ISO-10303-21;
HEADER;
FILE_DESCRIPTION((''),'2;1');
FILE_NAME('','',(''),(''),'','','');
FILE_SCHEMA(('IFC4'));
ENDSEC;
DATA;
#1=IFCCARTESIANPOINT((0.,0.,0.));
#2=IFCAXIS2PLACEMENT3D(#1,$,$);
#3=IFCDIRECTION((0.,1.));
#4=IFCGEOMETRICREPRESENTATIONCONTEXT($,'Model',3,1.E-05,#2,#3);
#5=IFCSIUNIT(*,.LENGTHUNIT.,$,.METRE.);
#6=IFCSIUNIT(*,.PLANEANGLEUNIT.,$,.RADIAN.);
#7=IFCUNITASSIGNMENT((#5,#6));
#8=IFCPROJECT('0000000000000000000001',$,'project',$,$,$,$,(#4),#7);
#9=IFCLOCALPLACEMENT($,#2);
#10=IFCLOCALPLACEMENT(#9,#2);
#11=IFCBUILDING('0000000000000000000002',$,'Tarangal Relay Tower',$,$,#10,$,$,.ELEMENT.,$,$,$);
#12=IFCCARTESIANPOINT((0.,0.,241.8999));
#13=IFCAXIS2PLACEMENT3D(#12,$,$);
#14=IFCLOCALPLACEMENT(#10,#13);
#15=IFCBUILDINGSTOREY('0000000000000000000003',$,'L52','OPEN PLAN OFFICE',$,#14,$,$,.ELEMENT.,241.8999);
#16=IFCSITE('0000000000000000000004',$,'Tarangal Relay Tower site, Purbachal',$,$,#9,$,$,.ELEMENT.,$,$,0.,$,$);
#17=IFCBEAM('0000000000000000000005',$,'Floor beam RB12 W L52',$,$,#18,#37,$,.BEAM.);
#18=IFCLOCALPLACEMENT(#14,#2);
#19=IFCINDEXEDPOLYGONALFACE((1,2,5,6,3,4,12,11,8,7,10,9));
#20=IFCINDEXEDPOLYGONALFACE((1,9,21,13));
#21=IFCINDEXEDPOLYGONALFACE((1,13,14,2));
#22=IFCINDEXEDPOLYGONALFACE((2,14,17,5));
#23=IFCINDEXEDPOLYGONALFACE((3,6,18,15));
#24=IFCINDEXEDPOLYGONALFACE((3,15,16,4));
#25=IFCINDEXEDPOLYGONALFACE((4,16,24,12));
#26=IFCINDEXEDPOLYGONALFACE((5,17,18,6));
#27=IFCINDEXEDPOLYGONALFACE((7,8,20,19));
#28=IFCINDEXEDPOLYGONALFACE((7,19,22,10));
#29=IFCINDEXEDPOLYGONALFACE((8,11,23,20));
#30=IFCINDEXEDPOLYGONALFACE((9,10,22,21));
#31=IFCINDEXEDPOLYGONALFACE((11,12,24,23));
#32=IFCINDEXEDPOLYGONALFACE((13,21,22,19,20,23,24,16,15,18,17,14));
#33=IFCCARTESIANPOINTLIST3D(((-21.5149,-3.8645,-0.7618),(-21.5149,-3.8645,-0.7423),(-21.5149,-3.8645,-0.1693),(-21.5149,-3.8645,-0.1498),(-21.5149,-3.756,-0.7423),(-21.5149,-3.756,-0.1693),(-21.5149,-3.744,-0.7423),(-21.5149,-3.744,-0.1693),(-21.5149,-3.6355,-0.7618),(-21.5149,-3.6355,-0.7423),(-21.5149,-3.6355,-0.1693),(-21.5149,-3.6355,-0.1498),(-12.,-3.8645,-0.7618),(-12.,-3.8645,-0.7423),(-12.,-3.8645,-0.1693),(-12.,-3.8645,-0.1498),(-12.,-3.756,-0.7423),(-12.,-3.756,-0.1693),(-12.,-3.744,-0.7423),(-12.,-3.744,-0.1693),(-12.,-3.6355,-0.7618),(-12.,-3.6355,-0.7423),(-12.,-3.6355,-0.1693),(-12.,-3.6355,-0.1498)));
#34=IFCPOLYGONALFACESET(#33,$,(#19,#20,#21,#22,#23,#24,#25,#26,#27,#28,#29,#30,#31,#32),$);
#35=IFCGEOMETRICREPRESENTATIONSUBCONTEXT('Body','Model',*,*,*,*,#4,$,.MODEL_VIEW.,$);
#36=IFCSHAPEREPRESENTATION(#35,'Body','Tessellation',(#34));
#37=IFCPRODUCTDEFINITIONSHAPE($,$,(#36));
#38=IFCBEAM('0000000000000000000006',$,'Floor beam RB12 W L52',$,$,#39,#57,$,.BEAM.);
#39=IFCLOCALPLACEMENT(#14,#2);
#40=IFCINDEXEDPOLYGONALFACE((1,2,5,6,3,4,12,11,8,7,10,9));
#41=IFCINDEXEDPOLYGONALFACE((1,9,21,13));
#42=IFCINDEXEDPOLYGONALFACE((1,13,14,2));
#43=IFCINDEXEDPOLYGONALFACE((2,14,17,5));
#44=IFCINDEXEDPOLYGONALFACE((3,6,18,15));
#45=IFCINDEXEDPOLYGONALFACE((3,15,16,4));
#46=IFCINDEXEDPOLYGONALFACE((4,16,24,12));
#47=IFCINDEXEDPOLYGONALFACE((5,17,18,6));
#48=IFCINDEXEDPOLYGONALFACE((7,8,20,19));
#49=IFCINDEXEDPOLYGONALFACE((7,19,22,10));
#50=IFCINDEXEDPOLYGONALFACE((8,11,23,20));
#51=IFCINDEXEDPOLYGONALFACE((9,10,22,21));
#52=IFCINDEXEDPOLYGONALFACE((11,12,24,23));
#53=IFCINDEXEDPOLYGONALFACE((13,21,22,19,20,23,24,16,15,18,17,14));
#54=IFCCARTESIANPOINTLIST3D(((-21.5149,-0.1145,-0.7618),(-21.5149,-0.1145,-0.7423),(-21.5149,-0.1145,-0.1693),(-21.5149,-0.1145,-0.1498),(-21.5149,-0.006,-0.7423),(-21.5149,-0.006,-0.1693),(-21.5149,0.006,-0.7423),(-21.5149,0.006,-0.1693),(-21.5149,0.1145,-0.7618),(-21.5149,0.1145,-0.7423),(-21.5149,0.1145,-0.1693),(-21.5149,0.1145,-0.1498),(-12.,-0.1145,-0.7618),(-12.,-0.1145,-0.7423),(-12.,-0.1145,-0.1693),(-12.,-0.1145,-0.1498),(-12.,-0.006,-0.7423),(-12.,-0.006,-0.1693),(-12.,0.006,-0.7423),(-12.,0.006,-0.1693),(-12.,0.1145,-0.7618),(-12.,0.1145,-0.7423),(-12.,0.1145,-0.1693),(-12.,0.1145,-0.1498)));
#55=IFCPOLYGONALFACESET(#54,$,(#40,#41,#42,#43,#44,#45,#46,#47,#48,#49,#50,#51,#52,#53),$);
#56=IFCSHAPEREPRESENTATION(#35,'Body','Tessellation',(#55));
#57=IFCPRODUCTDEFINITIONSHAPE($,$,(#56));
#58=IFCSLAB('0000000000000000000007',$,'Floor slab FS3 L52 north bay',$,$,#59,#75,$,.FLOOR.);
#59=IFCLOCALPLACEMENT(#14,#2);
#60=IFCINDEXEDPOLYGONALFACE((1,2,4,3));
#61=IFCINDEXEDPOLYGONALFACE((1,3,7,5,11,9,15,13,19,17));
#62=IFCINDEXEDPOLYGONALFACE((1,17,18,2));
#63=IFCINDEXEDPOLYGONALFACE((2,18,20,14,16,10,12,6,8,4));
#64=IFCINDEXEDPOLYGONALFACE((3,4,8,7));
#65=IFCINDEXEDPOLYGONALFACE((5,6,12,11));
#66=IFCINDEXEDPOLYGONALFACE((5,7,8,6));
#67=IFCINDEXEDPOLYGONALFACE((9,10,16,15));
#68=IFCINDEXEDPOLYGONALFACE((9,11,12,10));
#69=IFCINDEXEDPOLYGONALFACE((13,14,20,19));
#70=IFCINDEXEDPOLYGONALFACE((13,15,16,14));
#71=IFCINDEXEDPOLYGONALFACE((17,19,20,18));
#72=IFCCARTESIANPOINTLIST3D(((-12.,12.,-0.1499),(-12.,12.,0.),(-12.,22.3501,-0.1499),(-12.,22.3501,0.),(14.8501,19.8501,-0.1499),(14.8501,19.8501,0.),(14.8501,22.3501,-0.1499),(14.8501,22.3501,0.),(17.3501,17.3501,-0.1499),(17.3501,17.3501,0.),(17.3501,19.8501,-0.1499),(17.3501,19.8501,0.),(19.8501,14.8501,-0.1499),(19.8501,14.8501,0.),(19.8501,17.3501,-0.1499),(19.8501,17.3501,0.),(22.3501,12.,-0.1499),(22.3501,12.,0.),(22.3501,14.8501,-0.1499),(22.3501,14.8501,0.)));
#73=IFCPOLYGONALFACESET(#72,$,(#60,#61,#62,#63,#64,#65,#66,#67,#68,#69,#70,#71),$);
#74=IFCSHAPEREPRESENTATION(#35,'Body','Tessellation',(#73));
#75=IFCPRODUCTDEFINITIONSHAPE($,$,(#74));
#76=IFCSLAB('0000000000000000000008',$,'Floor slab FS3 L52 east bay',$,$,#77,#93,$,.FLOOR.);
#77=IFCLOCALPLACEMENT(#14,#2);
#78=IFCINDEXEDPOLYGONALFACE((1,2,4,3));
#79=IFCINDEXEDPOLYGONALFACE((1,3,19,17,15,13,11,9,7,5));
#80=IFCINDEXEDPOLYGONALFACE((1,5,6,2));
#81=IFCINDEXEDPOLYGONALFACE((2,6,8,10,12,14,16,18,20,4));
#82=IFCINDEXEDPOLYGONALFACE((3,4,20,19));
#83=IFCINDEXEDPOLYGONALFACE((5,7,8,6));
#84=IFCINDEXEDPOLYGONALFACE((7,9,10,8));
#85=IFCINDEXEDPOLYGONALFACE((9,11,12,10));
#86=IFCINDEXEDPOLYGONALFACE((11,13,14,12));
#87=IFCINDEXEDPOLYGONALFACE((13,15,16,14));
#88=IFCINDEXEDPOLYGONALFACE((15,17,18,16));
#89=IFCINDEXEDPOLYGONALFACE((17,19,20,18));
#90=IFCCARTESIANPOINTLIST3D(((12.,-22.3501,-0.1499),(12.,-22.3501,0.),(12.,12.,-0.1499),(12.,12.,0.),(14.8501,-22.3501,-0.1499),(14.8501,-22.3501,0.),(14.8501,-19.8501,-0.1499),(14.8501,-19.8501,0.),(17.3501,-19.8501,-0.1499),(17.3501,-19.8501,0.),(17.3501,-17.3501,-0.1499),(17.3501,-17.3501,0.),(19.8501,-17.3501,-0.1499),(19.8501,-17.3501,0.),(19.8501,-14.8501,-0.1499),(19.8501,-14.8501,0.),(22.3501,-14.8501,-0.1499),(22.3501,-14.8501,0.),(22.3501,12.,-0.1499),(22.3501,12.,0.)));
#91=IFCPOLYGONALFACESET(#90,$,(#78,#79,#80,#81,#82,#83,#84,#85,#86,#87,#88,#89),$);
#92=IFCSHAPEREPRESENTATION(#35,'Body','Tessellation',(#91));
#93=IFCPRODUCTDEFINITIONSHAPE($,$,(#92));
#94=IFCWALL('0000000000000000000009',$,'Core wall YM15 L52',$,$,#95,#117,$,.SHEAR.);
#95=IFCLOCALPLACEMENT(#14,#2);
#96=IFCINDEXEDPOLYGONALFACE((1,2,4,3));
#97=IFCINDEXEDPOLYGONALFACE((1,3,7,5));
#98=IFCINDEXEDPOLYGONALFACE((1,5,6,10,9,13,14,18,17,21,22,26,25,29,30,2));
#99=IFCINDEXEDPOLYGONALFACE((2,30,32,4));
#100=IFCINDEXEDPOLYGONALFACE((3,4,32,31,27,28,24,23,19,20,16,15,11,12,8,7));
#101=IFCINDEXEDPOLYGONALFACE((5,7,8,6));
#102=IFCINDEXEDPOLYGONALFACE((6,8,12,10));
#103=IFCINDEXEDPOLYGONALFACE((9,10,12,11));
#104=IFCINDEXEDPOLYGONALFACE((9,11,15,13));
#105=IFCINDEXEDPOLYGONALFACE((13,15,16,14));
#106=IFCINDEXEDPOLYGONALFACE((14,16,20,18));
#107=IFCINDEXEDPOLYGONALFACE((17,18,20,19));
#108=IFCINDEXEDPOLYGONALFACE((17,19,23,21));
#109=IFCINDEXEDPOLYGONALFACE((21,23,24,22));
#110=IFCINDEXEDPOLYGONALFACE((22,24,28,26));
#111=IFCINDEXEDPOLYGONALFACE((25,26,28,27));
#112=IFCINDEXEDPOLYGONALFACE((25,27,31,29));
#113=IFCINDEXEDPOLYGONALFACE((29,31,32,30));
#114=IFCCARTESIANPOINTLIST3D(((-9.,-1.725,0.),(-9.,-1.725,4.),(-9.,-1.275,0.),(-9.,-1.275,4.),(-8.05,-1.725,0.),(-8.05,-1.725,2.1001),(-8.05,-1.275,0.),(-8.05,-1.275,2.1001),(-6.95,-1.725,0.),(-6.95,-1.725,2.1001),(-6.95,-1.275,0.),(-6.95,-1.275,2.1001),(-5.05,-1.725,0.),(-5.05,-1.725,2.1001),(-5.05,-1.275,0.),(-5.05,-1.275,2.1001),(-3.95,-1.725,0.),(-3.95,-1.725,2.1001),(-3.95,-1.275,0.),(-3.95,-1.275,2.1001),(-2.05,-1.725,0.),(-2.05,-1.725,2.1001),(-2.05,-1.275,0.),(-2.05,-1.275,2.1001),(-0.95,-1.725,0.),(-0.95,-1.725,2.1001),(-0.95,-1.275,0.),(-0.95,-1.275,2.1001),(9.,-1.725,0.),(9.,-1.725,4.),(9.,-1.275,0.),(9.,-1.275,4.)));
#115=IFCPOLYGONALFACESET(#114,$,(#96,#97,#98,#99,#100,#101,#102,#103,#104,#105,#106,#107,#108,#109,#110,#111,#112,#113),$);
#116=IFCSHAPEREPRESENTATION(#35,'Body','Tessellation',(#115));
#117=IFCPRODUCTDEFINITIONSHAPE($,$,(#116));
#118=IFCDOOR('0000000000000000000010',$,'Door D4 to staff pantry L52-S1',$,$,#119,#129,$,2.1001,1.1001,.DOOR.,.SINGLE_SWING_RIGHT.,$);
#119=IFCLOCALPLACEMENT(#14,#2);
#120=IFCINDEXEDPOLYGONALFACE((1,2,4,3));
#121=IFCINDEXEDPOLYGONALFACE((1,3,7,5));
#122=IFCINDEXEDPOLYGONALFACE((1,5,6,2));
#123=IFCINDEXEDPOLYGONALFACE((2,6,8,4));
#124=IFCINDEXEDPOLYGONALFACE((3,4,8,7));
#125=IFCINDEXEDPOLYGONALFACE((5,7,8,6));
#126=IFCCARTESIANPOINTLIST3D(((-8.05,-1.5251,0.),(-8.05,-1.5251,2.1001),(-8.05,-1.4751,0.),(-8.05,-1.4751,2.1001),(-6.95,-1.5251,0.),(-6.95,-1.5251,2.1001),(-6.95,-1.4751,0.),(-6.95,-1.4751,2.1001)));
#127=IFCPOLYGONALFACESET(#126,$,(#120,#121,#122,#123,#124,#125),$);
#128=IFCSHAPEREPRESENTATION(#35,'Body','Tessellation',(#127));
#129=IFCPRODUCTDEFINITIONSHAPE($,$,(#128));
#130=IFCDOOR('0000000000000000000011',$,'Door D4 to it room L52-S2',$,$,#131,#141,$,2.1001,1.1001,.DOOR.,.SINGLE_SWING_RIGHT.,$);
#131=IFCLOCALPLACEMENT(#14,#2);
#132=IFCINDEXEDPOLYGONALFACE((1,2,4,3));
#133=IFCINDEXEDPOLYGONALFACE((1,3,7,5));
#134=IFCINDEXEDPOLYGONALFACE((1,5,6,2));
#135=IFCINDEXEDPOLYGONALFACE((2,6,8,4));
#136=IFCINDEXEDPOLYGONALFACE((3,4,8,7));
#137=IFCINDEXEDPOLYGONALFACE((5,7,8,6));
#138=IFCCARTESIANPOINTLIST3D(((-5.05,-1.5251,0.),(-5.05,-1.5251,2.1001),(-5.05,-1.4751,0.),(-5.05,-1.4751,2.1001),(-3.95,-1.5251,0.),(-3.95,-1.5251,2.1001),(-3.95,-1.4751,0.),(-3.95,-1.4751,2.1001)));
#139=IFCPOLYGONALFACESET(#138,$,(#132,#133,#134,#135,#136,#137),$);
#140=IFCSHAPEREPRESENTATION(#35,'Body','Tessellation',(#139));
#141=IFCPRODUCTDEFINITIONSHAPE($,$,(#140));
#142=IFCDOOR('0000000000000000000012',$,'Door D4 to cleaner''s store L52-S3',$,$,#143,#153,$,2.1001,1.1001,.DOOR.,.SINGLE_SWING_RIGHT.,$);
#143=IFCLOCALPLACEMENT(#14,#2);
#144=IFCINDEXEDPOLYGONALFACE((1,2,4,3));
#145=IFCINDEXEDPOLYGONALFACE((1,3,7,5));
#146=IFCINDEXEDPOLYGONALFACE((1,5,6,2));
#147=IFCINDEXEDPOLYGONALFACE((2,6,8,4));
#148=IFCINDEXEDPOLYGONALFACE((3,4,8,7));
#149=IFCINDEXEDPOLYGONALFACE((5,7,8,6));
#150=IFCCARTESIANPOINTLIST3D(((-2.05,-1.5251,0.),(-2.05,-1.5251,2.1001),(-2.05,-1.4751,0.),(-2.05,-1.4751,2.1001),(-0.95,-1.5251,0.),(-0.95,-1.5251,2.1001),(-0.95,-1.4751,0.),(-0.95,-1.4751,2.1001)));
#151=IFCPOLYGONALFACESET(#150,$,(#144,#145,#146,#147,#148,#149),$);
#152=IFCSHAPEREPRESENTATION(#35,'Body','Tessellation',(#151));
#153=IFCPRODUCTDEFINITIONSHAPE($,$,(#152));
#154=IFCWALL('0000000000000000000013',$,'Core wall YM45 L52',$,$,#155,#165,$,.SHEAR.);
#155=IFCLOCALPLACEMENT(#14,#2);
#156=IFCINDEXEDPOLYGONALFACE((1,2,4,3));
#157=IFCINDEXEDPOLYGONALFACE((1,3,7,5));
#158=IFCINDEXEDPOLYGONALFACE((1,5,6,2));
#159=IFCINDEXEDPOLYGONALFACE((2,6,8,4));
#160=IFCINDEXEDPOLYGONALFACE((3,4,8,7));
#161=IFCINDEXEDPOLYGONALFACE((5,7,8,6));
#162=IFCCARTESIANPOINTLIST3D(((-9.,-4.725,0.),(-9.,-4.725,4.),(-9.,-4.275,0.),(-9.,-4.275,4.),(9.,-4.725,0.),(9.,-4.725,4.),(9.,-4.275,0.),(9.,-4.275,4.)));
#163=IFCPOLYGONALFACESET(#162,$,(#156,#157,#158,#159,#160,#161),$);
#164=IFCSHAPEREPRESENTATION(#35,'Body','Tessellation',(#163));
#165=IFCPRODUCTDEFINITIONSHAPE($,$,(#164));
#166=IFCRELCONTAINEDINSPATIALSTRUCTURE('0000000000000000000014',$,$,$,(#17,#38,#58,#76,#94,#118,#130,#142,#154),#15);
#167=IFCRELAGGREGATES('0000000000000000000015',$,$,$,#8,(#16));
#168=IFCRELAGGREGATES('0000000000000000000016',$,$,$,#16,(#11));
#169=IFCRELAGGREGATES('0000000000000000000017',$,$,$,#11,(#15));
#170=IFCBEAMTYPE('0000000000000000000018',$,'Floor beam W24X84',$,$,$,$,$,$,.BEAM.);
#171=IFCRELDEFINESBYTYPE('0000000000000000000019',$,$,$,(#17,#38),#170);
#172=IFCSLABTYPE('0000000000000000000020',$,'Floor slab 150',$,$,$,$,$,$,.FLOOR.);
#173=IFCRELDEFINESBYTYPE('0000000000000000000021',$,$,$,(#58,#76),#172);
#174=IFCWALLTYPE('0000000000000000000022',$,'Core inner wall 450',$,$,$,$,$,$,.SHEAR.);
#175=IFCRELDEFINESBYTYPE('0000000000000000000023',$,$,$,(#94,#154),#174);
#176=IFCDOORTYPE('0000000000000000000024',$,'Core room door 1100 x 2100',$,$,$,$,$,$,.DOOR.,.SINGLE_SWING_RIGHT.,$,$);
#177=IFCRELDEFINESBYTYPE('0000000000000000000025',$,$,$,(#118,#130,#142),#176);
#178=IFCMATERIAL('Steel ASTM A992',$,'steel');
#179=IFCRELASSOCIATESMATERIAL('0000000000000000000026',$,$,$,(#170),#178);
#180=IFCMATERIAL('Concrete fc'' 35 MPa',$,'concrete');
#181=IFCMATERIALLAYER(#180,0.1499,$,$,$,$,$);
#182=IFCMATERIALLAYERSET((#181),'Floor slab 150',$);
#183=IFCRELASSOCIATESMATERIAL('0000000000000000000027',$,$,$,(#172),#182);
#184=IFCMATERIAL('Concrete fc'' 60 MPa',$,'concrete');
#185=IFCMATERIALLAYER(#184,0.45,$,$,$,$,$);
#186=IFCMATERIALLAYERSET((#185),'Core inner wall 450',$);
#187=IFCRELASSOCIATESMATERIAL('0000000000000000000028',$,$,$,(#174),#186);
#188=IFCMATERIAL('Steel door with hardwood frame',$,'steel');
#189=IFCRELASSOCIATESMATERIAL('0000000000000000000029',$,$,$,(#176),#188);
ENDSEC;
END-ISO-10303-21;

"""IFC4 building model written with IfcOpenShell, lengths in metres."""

from ifc_helpers import new_model, si_unit, direction, frame, frame_2d, origin, origin_2d, place, context, subcontext, project, spatial, polyline, rectangle, i_section, outline, extrude, material, layer, layer_set, material_profile, profile_set, type_object, element, fill, save


model = new_model("IFC4")

# Units and contexts
model_context = context("Model", 3, precision=1e-05, world=origin(), true_north=direction((0.0, 1.0)))
body_context = subcontext(model_context, "Body", "Model", "MODEL_VIEW")
ifc_project = project(units=[si_unit("LENGTHUNIT", "METRE"), si_unit("PLANEANGLEUNIT", "RADIAN")], contexts=[model_context])

# Site, building, storey
site_placement = place(None, origin())
site = spatial("IfcSite", under=ifc_project, at=site_placement, Name="Tarangal Relay Tower site, Purbachal", CompositionType="ELEMENT", RefElevation=0.0)
building_placement = place(site_placement, origin())
building = spatial("IfcBuilding", under=site, at=building_placement, Name="Tarangal Relay Tower", CompositionType="ELEMENT")
storey_placement = place(building_placement, frame((0.0, 0.0, 241.8999)))
storey = spatial("IfcBuildingStorey", under=building, at=storey_placement, Name="L52", Description="OPEN PLAN OFFICE", CompositionType="ELEMENT", Elevation=241.8999)

# Beams
ifc_material_1 = material(Name="Steel ASTM A992", Category="steel")
ifc_material_profile = material_profile(ifc_material_1, i_section(OverallWidth=0.229, OverallDepth=0.6121, WebThickness=0.012, FlangeThickness=0.0195, at=origin_2d()), Name="W24X84")
ifc_profile_set = profile_set([ifc_material_profile], Name="Steel ASTM A992")
beam_type = type_object("IfcBeamType", Name="Floor beam W24X84", PredefinedType="BEAM", material=ifc_profile_set)
for number, where, z_axis, x_axis, name in (
    (1, (-12.0, -3.75, -0.4558), (-1.0, 0.0, 0.0), (0.0, -1.0, 0.0), "Floor beam RB12 W L52"),
    (2, (-12.0, 0.0, -0.4558), (-1.0, 0.0, 0.0), (0.0, -1.0, 0.0), "Floor beam RB12 W L52"),
):
    element("IfcBeam", number, at=place(storey_placement, frame(where, z_axis=z_axis, x_axis=x_axis)), inside=storey, type_object=beam_type, Name=name, PredefinedType="BEAM", context=body_context, shape_type="SweptSolid", body=[
        extrude(i_section(OverallWidth=0.229, OverallDepth=0.6121, WebThickness=0.012, FlangeThickness=0.0195, at=origin_2d()), origin(), (0.0, 0.0, 1.0), 9.5149),
    ])

# Slabs
ifc_material_2 = material(Name="Concrete fc' 35 MPa", Category="concrete")
ifc_layer_1 = layer(ifc_material_2, 0.1499)
ifc_layer_set_1 = layer_set([ifc_layer_1], Name="Floor slab 150")
slab_type = type_object("IfcSlabType", Name="Floor slab 150", PredefinedType="FLOOR", material=ifc_layer_set_1)
slab_1_placement = place(storey_placement, frame((0.0, 0.0, -0.1499)))
element("IfcSlab", 3, at=slab_1_placement, inside=storey, type_object=slab_type, Name="Floor slab FS3 L52 north bay", PredefinedType="FLOOR", context=body_context, shape_type="SweptSolid", body=[
    extrude(outline(polyline([(14.8501, 22.3501), (14.8501, 19.8501), (17.3501, 19.8501), (17.3501, 17.3501), (19.8501, 17.3501), (19.8501, 14.8501), (22.3501, 14.8501), (22.3501, 12.0), (-12.0, 12.0), (-12.0, 22.3501), (14.8501, 22.3501)])), origin(), (0.0, 0.0, 1.0), 0.1499),
])
slab_2_placement = place(storey_placement, frame((0.0, 0.0, -0.1499)))
element("IfcSlab", 4, at=slab_2_placement, inside=storey, type_object=slab_type, Name="Floor slab FS3 L52 east bay", PredefinedType="FLOOR", context=body_context, shape_type="SweptSolid", body=[
    extrude(outline(polyline([(22.3501, -14.8501), (19.8501, -14.8501), (19.8501, -17.3501), (17.3501, -17.3501), (17.3501, -19.8501), (14.8501, -19.8501), (14.8501, -22.3501), (12.0, -22.3501), (12.0, 12.0), (22.3501, 12.0), (22.3501, -14.8501)])), origin(), (0.0, 0.0, 1.0), 0.1499),
])

# Wall, openings, doors
ifc_material_3 = material(Name="Concrete fc' 60 MPa", Category="concrete")
ifc_layer_2 = layer(ifc_material_3, 0.45)
ifc_layer_set_2 = layer_set([ifc_layer_2], Name="Core inner wall 450")
wall_type_1 = type_object("IfcWallType", Name="Core inner wall 450", PredefinedType="SHEAR", material=ifc_layer_set_2)
wall_1_placement = place(storey_placement, frame((-9.0, -1.5, 0.0), z_axis=(0.0, 0.0, 1.0), x_axis=(1.0, 0.0, 0.0)))
wall_1 = element("IfcWall", 5, at=wall_1_placement, inside=storey, type_object=wall_type_1, Name="Core wall YM15 L52", PredefinedType="SHEAR", context=body_context, shape_type="SweptSolid", body=[
    extrude(rectangle(XDim=18.0, YDim=0.45, at=frame_2d((9.0, 0.0))), origin(), (0.0, 0.0, 1.0), 4.0),
])
opening_1_placement = place(wall_1_placement, frame((0.95, 0.0, 0.0)))
opening_1 = element("IfcOpeningElement", 6, at=opening_1_placement, cuts=wall_1, PredefinedType="OPENING", context=body_context, shape_type="SweptSolid", body=[
    extrude(rectangle(XDim=1.1001, YDim=2.1001, at=frame_2d((0.55, 1.05))), frame((0.0, 0.2349, 0.0), z_axis=(0.0, -1.0, 0.0), x_axis=(1.0, 0.0, 0.0)), (0.0, 0.0, 1.0), 0.47),
])
opening_2_placement = place(wall_1_placement, frame((3.95, 0.0, 0.0)))
opening_2 = element("IfcOpeningElement", 7, at=opening_2_placement, cuts=wall_1, PredefinedType="OPENING", context=body_context, shape_type="SweptSolid", body=[
    extrude(rectangle(XDim=1.1001, YDim=2.1001, at=frame_2d((0.55, 1.05))), frame((0.0, 0.2349, 0.0), z_axis=(0.0, -1.0, 0.0), x_axis=(1.0, 0.0, 0.0)), (0.0, 0.0, 1.0), 0.47),
])
opening_3_placement = place(wall_1_placement, frame((6.95, 0.0, 0.0)))
opening_3 = element("IfcOpeningElement", 8, at=opening_3_placement, cuts=wall_1, PredefinedType="OPENING", context=body_context, shape_type="SweptSolid", body=[
    extrude(rectangle(XDim=1.1001, YDim=2.1001, at=frame_2d((0.55, 1.05))), frame((0.0, 0.2349, 0.0), z_axis=(0.0, -1.0, 0.0), x_axis=(1.0, 0.0, 0.0)), (0.0, 0.0, 1.0), 0.47),
])
ifc_material_4 = material(Name="Steel door with hardwood frame", Category="steel")
door_type_1 = type_object("IfcDoorType", Name="Core room door 1100 x 2100", OperationType="SINGLE_SWING_RIGHT", PredefinedType="DOOR", material=ifc_material_4)
door_1_placement = place(opening_1_placement, origin())
door_1 = element("IfcDoor", 9, at=door_1_placement, inside=storey, type_object=door_type_1, Name="Door D4 to staff pantry L52-S1", OperationType="SINGLE_SWING_RIGHT", OverallHeight=2.1001, OverallWidth=1.1001, PredefinedType="DOOR", context=body_context, shape_type="SweptSolid", body=[
    extrude(rectangle(XDim=1.1001, YDim=2.1001, at=frame_2d((0.55, 1.05))), frame((0.0, 0.0249, 0.0), z_axis=(0.0, -1.0, 0.0), x_axis=(1.0, 0.0, 0.0)), (0.0, 0.0, 1.0), 0.05),
])
fill(opening_1, door_1)
door_2_placement = place(opening_2_placement, origin())
door_2 = element("IfcDoor", 10, at=door_2_placement, inside=storey, type_object=door_type_1, Name="Door D4 to it room L52-S2", OperationType="SINGLE_SWING_RIGHT", OverallHeight=2.1001, OverallWidth=1.1001, PredefinedType="DOOR", context=body_context, shape_type="SweptSolid", body=[
    extrude(rectangle(XDim=1.1001, YDim=2.1001, at=frame_2d((0.55, 1.05))), frame((0.0, 0.0249, 0.0), z_axis=(0.0, -1.0, 0.0), x_axis=(1.0, 0.0, 0.0)), (0.0, 0.0, 1.0), 0.05),
])
fill(opening_2, door_2)
door_3_placement = place(opening_3_placement, origin())
door_3 = element("IfcDoor", 11, at=door_3_placement, inside=storey, type_object=door_type_1, Name="Door D4 to cleaner's store L52-S3", OperationType="SINGLE_SWING_RIGHT", OverallHeight=2.1001, OverallWidth=1.1001, PredefinedType="DOOR", context=body_context, shape_type="SweptSolid", body=[
    extrude(rectangle(XDim=1.1001, YDim=2.1001, at=frame_2d((0.55, 1.05))), frame((0.0, 0.0249, 0.0), z_axis=(0.0, -1.0, 0.0), x_axis=(1.0, 0.0, 0.0)), (0.0, 0.0, 1.0), 0.05),
])
fill(opening_3, door_3)

# Wall
wall_2_placement = place(storey_placement, frame((-9.0, -4.5, 0.0), z_axis=(0.0, 0.0, 1.0), x_axis=(1.0, 0.0, 0.0)))
element("IfcWall", 12, at=wall_2_placement, inside=storey, type_object=wall_type_1, Name="Core wall YM45 L52", PredefinedType="SHEAR", context=body_context, shape_type="SweptSolid", body=[
    extrude(rectangle(XDim=18.0, YDim=0.45, at=frame_2d((9.0, 0.0))), origin(), (0.0, 0.0, 1.0), 4.0),
])

save(model, "model.ifc")
